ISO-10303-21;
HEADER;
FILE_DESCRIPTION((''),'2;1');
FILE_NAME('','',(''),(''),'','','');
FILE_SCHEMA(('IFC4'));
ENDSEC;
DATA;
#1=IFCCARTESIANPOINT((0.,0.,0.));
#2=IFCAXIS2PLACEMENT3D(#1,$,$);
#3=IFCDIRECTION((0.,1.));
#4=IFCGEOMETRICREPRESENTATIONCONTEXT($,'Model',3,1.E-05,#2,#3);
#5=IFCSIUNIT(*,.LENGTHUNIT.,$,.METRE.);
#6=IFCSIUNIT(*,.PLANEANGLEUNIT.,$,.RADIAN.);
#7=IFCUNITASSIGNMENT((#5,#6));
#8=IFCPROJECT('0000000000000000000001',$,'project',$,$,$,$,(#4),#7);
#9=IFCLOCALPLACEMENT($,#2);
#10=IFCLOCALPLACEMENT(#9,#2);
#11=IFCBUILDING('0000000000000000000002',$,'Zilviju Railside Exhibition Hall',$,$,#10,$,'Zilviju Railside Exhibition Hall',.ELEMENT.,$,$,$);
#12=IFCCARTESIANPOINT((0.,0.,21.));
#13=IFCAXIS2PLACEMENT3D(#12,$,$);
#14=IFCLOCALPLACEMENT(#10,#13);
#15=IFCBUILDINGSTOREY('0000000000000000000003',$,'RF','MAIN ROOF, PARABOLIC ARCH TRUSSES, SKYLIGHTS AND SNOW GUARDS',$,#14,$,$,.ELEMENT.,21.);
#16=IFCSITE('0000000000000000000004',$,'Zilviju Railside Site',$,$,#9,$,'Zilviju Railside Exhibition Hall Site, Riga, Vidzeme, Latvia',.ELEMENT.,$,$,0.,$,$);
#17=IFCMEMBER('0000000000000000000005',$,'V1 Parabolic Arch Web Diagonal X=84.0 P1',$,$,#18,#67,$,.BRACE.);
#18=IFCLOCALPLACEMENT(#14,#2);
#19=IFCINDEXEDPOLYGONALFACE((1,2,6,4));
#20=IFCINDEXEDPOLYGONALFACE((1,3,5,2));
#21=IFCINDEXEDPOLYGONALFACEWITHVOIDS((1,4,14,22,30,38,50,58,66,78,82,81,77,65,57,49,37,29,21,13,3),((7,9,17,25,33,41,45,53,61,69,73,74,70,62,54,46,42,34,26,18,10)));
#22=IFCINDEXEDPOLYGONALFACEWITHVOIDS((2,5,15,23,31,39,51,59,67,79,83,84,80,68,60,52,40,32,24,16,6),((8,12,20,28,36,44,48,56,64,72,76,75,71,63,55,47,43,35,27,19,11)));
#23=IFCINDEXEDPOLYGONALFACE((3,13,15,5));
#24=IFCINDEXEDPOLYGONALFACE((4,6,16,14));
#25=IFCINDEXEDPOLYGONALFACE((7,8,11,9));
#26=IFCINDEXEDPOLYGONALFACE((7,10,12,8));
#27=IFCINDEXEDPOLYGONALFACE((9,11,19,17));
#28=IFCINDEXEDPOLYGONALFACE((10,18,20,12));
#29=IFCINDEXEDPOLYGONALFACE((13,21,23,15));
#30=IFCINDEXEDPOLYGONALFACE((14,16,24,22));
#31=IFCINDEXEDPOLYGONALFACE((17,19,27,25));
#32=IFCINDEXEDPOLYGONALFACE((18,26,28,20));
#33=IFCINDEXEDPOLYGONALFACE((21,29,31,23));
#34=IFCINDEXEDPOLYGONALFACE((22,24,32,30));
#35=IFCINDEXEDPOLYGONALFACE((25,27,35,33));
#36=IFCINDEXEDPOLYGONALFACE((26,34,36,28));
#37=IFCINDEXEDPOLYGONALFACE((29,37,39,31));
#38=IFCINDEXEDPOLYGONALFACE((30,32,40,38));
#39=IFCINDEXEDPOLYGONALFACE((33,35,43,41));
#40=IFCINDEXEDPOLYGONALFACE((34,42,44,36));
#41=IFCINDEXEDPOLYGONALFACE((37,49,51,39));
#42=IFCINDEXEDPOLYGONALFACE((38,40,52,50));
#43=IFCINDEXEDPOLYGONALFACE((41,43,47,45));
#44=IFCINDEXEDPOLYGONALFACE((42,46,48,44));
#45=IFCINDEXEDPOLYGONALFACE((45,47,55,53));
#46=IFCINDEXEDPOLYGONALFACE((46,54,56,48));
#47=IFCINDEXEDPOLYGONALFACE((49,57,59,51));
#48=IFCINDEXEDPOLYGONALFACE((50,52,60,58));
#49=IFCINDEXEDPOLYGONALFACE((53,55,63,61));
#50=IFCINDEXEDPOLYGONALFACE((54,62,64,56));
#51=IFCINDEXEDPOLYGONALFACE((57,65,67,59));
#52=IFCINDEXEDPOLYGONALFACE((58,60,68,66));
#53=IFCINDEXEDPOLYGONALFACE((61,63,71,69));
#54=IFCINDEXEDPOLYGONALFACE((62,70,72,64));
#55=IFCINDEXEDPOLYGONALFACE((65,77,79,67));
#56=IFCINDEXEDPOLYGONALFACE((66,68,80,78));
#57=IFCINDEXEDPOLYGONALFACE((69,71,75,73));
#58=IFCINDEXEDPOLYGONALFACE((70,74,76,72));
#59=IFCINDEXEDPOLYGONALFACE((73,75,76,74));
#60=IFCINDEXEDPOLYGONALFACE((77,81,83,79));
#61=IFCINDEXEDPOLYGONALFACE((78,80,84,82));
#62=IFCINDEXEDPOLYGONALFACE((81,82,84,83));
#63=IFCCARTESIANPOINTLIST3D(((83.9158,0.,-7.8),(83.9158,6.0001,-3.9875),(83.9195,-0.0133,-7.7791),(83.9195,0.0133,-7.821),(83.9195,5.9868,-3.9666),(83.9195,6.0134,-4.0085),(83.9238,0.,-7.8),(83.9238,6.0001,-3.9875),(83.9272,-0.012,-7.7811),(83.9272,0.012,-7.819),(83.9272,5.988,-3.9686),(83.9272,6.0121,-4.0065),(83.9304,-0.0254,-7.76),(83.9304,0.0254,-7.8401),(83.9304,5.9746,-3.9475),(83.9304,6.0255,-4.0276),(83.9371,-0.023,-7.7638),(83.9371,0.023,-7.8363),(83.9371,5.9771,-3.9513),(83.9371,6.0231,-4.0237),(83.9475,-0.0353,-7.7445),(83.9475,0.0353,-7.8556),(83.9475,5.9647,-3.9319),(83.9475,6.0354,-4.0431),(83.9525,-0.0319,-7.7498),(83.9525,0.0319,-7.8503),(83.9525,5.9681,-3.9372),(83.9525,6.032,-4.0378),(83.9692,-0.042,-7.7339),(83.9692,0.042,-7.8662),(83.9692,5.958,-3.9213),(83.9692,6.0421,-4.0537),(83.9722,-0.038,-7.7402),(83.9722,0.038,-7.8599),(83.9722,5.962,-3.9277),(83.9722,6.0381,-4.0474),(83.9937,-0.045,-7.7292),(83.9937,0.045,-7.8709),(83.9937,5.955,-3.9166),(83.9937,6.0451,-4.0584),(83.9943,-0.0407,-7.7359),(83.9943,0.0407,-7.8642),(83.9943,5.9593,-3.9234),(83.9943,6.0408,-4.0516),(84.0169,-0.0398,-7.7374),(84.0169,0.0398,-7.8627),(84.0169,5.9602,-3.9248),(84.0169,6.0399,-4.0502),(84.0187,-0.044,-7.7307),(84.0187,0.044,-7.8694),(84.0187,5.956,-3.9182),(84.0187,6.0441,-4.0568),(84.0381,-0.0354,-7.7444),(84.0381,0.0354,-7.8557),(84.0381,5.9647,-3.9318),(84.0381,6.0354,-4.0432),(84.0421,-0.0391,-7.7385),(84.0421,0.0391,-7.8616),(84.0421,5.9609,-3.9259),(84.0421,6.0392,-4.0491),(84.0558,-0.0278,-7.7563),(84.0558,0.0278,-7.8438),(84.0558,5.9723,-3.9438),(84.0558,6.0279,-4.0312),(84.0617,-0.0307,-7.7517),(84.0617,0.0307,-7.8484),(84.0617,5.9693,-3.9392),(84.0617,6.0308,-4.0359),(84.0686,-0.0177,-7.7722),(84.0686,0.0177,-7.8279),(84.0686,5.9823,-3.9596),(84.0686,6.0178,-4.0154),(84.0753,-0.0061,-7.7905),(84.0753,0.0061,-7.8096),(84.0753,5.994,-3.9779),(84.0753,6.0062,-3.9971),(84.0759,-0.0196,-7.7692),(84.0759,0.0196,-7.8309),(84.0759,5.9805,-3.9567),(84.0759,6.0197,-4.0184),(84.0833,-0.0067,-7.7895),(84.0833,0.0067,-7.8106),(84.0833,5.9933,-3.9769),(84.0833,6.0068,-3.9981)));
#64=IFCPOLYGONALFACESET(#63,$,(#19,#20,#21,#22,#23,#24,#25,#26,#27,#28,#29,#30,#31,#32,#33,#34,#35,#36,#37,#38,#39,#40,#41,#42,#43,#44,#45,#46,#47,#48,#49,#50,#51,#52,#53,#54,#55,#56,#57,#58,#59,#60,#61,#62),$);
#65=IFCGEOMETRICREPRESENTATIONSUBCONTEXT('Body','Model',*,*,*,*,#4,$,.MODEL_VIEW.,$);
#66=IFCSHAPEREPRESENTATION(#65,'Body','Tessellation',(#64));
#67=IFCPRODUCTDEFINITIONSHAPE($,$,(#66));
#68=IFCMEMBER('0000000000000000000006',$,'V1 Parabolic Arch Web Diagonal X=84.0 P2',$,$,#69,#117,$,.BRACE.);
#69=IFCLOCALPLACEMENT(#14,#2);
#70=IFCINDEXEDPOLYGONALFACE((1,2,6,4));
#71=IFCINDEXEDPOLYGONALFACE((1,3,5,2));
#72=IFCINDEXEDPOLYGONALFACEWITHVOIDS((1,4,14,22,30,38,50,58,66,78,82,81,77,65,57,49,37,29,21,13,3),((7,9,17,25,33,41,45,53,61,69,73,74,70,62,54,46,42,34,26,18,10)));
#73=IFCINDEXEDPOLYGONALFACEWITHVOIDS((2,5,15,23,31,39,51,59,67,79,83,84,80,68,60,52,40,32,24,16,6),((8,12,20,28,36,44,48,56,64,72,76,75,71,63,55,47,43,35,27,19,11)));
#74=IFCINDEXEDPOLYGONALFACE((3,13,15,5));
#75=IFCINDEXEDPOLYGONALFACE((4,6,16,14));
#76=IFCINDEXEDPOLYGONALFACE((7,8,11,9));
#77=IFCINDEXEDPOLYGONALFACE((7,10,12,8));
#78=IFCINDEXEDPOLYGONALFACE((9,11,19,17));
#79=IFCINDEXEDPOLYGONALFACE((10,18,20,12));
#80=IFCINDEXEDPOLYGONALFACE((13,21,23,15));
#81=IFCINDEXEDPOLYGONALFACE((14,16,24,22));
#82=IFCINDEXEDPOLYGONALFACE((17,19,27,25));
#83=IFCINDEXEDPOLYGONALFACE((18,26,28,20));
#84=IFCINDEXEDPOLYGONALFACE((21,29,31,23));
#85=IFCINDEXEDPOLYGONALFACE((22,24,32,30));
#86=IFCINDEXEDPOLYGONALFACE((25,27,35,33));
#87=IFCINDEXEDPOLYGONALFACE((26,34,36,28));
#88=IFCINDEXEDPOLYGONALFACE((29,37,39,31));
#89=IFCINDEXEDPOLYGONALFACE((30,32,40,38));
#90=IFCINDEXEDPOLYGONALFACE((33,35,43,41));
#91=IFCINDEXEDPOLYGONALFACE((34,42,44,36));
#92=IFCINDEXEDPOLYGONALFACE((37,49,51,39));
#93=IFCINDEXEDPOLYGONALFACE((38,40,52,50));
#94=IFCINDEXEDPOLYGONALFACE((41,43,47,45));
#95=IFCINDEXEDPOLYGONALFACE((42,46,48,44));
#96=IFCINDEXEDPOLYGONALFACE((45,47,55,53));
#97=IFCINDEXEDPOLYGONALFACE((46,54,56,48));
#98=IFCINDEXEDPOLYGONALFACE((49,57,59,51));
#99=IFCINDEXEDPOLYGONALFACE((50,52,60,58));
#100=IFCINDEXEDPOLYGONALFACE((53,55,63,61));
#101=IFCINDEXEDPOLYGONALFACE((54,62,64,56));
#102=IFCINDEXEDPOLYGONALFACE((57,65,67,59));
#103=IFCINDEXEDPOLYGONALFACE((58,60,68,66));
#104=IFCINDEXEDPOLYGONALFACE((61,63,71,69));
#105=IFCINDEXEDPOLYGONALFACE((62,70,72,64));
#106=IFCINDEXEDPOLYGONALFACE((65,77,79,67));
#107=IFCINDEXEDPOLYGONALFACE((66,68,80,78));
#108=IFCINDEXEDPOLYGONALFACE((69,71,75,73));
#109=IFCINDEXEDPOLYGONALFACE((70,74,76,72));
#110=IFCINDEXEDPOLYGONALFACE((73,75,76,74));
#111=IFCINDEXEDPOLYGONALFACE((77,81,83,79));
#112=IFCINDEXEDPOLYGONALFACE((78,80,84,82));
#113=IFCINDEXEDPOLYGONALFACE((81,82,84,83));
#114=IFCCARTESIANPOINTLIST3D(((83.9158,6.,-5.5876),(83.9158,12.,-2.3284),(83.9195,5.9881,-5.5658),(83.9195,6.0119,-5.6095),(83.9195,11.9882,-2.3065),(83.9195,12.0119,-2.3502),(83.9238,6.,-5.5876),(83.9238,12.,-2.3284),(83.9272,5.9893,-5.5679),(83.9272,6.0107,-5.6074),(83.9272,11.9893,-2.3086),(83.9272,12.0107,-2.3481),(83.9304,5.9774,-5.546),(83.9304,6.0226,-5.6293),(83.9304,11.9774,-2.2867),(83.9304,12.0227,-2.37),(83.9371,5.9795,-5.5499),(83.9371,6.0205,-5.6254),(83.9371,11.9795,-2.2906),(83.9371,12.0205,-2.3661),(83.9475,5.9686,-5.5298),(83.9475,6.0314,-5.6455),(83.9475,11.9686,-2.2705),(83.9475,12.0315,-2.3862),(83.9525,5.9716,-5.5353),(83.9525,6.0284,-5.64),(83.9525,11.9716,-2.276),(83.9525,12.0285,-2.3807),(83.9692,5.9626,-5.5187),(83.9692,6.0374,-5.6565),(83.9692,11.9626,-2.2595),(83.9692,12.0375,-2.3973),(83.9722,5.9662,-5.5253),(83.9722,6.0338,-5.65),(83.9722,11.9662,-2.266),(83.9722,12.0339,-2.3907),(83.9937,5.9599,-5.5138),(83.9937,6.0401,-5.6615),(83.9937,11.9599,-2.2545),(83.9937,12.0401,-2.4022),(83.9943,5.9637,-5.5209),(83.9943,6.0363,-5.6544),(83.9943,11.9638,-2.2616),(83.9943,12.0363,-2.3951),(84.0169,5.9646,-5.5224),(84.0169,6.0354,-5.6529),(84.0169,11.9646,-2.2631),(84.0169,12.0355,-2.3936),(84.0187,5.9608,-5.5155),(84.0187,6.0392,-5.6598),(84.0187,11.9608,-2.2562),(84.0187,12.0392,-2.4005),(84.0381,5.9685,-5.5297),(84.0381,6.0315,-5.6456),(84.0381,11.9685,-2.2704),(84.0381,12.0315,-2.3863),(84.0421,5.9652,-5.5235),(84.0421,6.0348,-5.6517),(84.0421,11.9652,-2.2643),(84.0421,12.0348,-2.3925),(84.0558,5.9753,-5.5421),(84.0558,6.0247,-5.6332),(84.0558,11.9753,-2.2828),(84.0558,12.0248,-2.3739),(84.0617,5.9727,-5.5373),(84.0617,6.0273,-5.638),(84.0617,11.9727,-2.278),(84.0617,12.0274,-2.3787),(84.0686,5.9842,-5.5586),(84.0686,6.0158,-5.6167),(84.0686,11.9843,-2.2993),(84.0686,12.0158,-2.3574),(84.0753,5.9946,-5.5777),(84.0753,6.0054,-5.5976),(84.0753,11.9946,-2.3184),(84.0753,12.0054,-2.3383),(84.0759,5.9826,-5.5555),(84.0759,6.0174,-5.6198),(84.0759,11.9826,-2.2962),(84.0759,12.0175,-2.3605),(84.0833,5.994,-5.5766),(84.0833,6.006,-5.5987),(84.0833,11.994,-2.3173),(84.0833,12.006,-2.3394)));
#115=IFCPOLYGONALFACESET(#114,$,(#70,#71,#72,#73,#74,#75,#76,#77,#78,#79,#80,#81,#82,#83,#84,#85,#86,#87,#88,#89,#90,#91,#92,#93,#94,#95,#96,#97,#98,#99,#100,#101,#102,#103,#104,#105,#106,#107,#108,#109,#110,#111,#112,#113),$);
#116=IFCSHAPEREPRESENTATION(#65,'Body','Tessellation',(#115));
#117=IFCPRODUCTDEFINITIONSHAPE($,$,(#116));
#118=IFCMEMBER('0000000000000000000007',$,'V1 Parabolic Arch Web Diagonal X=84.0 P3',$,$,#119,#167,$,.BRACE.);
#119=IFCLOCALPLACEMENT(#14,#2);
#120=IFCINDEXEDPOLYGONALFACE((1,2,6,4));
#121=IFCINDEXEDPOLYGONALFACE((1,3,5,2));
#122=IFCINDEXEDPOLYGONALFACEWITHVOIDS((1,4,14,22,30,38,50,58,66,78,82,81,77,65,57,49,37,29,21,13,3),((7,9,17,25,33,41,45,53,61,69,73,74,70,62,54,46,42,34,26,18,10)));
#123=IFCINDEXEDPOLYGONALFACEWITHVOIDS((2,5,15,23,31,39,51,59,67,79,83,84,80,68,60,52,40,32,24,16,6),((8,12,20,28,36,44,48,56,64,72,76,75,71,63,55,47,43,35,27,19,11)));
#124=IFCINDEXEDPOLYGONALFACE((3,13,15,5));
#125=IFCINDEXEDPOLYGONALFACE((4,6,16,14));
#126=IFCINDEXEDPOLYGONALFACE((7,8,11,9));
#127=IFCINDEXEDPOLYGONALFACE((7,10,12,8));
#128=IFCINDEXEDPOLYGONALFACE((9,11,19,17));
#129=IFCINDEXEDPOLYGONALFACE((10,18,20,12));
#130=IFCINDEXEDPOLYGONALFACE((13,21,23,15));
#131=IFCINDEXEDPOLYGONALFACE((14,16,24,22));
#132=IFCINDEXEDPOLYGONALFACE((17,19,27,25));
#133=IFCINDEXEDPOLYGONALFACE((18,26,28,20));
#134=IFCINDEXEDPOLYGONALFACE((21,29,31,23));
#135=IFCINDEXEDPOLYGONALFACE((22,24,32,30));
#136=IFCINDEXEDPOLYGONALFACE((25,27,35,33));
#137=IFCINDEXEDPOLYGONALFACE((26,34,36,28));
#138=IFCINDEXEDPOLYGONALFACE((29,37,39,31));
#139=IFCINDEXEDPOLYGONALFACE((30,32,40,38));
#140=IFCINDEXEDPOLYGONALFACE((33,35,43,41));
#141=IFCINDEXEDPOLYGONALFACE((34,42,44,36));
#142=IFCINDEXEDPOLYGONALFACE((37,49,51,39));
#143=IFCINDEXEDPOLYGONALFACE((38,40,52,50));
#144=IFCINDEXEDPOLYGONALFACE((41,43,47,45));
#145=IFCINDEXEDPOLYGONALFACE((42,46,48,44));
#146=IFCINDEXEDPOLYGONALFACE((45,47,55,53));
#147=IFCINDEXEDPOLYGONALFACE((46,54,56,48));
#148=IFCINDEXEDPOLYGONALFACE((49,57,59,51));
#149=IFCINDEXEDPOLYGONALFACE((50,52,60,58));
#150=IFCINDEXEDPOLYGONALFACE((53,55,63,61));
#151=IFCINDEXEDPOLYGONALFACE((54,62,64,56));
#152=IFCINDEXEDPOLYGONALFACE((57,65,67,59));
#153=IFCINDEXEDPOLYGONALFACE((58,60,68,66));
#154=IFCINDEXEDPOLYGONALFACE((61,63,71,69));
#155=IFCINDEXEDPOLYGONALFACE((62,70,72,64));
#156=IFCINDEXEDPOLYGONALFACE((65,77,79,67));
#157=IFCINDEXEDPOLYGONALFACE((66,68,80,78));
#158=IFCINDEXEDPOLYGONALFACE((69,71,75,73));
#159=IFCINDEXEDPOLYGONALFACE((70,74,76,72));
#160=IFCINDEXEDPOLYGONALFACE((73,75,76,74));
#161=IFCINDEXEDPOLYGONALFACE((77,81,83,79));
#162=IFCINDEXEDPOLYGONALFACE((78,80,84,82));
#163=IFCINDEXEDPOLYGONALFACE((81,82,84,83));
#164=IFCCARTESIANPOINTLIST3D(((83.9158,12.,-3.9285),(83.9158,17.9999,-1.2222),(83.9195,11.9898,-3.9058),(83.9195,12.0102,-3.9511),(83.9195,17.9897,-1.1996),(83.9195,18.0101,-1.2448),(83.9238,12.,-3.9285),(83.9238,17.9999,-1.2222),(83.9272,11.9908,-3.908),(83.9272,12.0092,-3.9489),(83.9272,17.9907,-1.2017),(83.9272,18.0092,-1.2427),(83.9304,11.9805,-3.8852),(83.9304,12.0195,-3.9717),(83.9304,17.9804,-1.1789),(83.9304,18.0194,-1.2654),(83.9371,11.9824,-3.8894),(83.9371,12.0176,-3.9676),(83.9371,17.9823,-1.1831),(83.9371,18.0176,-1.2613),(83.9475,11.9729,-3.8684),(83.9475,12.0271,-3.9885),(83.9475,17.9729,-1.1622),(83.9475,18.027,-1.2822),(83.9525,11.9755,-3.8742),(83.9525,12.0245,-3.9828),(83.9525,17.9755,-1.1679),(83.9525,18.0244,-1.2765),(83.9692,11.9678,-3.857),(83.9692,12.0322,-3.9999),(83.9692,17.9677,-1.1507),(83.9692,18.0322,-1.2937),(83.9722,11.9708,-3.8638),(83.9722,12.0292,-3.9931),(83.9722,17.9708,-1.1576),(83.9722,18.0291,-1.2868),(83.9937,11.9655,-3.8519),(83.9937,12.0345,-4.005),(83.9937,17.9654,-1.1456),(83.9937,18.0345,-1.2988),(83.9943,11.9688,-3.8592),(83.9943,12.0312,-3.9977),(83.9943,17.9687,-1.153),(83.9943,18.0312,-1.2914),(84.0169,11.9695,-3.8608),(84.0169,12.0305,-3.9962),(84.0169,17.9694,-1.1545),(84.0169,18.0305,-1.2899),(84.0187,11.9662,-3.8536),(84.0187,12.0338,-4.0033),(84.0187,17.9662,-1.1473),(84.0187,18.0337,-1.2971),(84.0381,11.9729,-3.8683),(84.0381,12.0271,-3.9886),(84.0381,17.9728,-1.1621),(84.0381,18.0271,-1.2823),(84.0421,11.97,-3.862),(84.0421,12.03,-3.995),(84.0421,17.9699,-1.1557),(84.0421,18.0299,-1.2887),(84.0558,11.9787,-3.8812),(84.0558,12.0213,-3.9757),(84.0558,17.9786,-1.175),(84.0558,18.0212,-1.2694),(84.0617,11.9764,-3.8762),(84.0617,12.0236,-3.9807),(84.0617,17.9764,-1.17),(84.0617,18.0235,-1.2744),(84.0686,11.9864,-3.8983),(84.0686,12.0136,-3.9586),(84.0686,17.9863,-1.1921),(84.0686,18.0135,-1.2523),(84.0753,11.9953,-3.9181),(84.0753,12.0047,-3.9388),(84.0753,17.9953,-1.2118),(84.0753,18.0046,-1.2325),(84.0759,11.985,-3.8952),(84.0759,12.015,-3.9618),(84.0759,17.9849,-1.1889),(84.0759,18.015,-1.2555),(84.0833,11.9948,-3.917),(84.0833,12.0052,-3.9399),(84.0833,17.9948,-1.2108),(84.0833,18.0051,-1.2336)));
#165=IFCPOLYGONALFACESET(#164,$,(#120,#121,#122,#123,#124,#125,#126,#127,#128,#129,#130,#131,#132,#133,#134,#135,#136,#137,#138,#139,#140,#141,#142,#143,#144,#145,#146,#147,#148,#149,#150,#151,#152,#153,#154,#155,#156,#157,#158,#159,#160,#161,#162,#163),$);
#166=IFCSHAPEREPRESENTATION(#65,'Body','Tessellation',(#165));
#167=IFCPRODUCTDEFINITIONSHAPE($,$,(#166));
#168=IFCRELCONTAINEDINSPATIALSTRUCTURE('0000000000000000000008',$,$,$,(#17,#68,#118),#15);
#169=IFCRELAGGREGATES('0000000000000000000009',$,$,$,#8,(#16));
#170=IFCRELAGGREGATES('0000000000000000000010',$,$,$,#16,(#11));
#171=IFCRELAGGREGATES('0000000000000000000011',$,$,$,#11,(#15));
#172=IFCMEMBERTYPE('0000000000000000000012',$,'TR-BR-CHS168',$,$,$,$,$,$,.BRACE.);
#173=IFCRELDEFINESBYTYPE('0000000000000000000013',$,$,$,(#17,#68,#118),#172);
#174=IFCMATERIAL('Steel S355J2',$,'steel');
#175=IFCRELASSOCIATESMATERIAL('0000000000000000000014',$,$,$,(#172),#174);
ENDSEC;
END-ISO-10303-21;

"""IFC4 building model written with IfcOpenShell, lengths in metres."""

from ifc_helpers import new_model, si_unit, direction, frame, origin, origin_2d, place, context, subcontext, project, spatial, hollow_circle, extrude, material, material_profile, profile_set, type_object, element, save


model = new_model("IFC4")

# Units and contexts
model_context = context("Model", 3, precision=1e-05, world=origin(), true_north=direction((0.0, 1.0)))
body_context = subcontext(model_context, "Body", "Model", "MODEL_VIEW")
ifc_project = project(units=[si_unit("LENGTHUNIT", "METRE"), si_unit("PLANEANGLEUNIT", "RADIAN")], contexts=[model_context])

# Site, building, storey
site_placement = place(None, origin())
site = spatial("IfcSite", under=ifc_project, at=site_placement, Name="Zilviju Railside Site", LongName="Zilviju Railside Exhibition Hall Site, Riga, Vidzeme, Latvia", CompositionType="ELEMENT", RefElevation=0.0)
building_placement = place(site_placement, origin())
building = spatial("IfcBuilding", under=site, at=building_placement, Name="Zilviju Railside Exhibition Hall", LongName="Zilviju Railside Exhibition Hall", CompositionType="ELEMENT")
storey_placement = place(building_placement, frame((0.0, 0.0, 21.0)))
storey = spatial("IfcBuildingStorey", under=building, at=storey_placement, Name="RF", Description="MAIN ROOF, PARABOLIC ARCH TRUSSES, SKYLIGHTS AND SNOW GUARDS", CompositionType="ELEMENT", Elevation=21.0)

# Members
ifc_material_1 = material(Name="Steel S355J2", Category="steel")
ifc_material_profile_1 = material_profile(ifc_material_1, hollow_circle(Radius=0.0842, WallThickness=0.0081, at=origin_2d()), Name="CHS 168.3x8.0")
ifc_profile_set_1 = profile_set([ifc_material_profile_1], Name="Steel S355J2")
member_type_1 = type_object("IfcMemberType", Name="TR-BR-CHS168", PredefinedType="BRACE", material=ifc_profile_set_1)
member_1_placement = place(storey_placement, frame((84.0, 0.0, -7.8), z_axis=(0.0, 0.844023, 0.536306), x_axis=(-1.0, 0.0, 0.0)))
element("IfcMember", 1, at=member_1_placement, inside=storey, type_object=member_type_1, Name="V1 Parabolic Arch Web Diagonal X=84.0 P1", PredefinedType="BRACE", context=body_context, shape_type="SweptSolid", body=[
    extrude(hollow_circle(Radius=0.0842, WallThickness=0.0081, at=origin_2d()), origin(), (0.0, 0.0, 1.0), 7.1089),
])
member_2_placement = place(storey_placement, frame((84.0, 6.0, -5.5876), z_axis=(0.0, 0.878722, 0.477333), x_axis=(-1.0, 0.0, 0.0)))
element("IfcMember", 2, at=member_2_placement, inside=storey, type_object=member_type_1, Name="V1 Parabolic Arch Web Diagonal X=84.0 P2", PredefinedType="BRACE", context=body_context, shape_type="SweptSolid", body=[
    extrude(hollow_circle(Radius=0.0842, WallThickness=0.0081, at=origin_2d()), origin(), (0.0, 0.0, 1.0), 6.8281),
])
member_3_placement = place(storey_placement, frame((84.0, 12.0, -3.9285), z_axis=(0.0, 0.911563, 0.41116), x_axis=(-1.0, 0.0, 0.0)))
element("IfcMember", 3, at=member_3_placement, inside=storey, type_object=member_type_1, Name="V1 Parabolic Arch Web Diagonal X=84.0 P3", PredefinedType="BRACE", context=body_context, shape_type="SweptSolid", body=[
    extrude(hollow_circle(Radius=0.0842, WallThickness=0.0081, at=origin_2d()), origin(), (0.0, 0.0, 1.0), 6.582),
])

save(model, "model.ifc")
